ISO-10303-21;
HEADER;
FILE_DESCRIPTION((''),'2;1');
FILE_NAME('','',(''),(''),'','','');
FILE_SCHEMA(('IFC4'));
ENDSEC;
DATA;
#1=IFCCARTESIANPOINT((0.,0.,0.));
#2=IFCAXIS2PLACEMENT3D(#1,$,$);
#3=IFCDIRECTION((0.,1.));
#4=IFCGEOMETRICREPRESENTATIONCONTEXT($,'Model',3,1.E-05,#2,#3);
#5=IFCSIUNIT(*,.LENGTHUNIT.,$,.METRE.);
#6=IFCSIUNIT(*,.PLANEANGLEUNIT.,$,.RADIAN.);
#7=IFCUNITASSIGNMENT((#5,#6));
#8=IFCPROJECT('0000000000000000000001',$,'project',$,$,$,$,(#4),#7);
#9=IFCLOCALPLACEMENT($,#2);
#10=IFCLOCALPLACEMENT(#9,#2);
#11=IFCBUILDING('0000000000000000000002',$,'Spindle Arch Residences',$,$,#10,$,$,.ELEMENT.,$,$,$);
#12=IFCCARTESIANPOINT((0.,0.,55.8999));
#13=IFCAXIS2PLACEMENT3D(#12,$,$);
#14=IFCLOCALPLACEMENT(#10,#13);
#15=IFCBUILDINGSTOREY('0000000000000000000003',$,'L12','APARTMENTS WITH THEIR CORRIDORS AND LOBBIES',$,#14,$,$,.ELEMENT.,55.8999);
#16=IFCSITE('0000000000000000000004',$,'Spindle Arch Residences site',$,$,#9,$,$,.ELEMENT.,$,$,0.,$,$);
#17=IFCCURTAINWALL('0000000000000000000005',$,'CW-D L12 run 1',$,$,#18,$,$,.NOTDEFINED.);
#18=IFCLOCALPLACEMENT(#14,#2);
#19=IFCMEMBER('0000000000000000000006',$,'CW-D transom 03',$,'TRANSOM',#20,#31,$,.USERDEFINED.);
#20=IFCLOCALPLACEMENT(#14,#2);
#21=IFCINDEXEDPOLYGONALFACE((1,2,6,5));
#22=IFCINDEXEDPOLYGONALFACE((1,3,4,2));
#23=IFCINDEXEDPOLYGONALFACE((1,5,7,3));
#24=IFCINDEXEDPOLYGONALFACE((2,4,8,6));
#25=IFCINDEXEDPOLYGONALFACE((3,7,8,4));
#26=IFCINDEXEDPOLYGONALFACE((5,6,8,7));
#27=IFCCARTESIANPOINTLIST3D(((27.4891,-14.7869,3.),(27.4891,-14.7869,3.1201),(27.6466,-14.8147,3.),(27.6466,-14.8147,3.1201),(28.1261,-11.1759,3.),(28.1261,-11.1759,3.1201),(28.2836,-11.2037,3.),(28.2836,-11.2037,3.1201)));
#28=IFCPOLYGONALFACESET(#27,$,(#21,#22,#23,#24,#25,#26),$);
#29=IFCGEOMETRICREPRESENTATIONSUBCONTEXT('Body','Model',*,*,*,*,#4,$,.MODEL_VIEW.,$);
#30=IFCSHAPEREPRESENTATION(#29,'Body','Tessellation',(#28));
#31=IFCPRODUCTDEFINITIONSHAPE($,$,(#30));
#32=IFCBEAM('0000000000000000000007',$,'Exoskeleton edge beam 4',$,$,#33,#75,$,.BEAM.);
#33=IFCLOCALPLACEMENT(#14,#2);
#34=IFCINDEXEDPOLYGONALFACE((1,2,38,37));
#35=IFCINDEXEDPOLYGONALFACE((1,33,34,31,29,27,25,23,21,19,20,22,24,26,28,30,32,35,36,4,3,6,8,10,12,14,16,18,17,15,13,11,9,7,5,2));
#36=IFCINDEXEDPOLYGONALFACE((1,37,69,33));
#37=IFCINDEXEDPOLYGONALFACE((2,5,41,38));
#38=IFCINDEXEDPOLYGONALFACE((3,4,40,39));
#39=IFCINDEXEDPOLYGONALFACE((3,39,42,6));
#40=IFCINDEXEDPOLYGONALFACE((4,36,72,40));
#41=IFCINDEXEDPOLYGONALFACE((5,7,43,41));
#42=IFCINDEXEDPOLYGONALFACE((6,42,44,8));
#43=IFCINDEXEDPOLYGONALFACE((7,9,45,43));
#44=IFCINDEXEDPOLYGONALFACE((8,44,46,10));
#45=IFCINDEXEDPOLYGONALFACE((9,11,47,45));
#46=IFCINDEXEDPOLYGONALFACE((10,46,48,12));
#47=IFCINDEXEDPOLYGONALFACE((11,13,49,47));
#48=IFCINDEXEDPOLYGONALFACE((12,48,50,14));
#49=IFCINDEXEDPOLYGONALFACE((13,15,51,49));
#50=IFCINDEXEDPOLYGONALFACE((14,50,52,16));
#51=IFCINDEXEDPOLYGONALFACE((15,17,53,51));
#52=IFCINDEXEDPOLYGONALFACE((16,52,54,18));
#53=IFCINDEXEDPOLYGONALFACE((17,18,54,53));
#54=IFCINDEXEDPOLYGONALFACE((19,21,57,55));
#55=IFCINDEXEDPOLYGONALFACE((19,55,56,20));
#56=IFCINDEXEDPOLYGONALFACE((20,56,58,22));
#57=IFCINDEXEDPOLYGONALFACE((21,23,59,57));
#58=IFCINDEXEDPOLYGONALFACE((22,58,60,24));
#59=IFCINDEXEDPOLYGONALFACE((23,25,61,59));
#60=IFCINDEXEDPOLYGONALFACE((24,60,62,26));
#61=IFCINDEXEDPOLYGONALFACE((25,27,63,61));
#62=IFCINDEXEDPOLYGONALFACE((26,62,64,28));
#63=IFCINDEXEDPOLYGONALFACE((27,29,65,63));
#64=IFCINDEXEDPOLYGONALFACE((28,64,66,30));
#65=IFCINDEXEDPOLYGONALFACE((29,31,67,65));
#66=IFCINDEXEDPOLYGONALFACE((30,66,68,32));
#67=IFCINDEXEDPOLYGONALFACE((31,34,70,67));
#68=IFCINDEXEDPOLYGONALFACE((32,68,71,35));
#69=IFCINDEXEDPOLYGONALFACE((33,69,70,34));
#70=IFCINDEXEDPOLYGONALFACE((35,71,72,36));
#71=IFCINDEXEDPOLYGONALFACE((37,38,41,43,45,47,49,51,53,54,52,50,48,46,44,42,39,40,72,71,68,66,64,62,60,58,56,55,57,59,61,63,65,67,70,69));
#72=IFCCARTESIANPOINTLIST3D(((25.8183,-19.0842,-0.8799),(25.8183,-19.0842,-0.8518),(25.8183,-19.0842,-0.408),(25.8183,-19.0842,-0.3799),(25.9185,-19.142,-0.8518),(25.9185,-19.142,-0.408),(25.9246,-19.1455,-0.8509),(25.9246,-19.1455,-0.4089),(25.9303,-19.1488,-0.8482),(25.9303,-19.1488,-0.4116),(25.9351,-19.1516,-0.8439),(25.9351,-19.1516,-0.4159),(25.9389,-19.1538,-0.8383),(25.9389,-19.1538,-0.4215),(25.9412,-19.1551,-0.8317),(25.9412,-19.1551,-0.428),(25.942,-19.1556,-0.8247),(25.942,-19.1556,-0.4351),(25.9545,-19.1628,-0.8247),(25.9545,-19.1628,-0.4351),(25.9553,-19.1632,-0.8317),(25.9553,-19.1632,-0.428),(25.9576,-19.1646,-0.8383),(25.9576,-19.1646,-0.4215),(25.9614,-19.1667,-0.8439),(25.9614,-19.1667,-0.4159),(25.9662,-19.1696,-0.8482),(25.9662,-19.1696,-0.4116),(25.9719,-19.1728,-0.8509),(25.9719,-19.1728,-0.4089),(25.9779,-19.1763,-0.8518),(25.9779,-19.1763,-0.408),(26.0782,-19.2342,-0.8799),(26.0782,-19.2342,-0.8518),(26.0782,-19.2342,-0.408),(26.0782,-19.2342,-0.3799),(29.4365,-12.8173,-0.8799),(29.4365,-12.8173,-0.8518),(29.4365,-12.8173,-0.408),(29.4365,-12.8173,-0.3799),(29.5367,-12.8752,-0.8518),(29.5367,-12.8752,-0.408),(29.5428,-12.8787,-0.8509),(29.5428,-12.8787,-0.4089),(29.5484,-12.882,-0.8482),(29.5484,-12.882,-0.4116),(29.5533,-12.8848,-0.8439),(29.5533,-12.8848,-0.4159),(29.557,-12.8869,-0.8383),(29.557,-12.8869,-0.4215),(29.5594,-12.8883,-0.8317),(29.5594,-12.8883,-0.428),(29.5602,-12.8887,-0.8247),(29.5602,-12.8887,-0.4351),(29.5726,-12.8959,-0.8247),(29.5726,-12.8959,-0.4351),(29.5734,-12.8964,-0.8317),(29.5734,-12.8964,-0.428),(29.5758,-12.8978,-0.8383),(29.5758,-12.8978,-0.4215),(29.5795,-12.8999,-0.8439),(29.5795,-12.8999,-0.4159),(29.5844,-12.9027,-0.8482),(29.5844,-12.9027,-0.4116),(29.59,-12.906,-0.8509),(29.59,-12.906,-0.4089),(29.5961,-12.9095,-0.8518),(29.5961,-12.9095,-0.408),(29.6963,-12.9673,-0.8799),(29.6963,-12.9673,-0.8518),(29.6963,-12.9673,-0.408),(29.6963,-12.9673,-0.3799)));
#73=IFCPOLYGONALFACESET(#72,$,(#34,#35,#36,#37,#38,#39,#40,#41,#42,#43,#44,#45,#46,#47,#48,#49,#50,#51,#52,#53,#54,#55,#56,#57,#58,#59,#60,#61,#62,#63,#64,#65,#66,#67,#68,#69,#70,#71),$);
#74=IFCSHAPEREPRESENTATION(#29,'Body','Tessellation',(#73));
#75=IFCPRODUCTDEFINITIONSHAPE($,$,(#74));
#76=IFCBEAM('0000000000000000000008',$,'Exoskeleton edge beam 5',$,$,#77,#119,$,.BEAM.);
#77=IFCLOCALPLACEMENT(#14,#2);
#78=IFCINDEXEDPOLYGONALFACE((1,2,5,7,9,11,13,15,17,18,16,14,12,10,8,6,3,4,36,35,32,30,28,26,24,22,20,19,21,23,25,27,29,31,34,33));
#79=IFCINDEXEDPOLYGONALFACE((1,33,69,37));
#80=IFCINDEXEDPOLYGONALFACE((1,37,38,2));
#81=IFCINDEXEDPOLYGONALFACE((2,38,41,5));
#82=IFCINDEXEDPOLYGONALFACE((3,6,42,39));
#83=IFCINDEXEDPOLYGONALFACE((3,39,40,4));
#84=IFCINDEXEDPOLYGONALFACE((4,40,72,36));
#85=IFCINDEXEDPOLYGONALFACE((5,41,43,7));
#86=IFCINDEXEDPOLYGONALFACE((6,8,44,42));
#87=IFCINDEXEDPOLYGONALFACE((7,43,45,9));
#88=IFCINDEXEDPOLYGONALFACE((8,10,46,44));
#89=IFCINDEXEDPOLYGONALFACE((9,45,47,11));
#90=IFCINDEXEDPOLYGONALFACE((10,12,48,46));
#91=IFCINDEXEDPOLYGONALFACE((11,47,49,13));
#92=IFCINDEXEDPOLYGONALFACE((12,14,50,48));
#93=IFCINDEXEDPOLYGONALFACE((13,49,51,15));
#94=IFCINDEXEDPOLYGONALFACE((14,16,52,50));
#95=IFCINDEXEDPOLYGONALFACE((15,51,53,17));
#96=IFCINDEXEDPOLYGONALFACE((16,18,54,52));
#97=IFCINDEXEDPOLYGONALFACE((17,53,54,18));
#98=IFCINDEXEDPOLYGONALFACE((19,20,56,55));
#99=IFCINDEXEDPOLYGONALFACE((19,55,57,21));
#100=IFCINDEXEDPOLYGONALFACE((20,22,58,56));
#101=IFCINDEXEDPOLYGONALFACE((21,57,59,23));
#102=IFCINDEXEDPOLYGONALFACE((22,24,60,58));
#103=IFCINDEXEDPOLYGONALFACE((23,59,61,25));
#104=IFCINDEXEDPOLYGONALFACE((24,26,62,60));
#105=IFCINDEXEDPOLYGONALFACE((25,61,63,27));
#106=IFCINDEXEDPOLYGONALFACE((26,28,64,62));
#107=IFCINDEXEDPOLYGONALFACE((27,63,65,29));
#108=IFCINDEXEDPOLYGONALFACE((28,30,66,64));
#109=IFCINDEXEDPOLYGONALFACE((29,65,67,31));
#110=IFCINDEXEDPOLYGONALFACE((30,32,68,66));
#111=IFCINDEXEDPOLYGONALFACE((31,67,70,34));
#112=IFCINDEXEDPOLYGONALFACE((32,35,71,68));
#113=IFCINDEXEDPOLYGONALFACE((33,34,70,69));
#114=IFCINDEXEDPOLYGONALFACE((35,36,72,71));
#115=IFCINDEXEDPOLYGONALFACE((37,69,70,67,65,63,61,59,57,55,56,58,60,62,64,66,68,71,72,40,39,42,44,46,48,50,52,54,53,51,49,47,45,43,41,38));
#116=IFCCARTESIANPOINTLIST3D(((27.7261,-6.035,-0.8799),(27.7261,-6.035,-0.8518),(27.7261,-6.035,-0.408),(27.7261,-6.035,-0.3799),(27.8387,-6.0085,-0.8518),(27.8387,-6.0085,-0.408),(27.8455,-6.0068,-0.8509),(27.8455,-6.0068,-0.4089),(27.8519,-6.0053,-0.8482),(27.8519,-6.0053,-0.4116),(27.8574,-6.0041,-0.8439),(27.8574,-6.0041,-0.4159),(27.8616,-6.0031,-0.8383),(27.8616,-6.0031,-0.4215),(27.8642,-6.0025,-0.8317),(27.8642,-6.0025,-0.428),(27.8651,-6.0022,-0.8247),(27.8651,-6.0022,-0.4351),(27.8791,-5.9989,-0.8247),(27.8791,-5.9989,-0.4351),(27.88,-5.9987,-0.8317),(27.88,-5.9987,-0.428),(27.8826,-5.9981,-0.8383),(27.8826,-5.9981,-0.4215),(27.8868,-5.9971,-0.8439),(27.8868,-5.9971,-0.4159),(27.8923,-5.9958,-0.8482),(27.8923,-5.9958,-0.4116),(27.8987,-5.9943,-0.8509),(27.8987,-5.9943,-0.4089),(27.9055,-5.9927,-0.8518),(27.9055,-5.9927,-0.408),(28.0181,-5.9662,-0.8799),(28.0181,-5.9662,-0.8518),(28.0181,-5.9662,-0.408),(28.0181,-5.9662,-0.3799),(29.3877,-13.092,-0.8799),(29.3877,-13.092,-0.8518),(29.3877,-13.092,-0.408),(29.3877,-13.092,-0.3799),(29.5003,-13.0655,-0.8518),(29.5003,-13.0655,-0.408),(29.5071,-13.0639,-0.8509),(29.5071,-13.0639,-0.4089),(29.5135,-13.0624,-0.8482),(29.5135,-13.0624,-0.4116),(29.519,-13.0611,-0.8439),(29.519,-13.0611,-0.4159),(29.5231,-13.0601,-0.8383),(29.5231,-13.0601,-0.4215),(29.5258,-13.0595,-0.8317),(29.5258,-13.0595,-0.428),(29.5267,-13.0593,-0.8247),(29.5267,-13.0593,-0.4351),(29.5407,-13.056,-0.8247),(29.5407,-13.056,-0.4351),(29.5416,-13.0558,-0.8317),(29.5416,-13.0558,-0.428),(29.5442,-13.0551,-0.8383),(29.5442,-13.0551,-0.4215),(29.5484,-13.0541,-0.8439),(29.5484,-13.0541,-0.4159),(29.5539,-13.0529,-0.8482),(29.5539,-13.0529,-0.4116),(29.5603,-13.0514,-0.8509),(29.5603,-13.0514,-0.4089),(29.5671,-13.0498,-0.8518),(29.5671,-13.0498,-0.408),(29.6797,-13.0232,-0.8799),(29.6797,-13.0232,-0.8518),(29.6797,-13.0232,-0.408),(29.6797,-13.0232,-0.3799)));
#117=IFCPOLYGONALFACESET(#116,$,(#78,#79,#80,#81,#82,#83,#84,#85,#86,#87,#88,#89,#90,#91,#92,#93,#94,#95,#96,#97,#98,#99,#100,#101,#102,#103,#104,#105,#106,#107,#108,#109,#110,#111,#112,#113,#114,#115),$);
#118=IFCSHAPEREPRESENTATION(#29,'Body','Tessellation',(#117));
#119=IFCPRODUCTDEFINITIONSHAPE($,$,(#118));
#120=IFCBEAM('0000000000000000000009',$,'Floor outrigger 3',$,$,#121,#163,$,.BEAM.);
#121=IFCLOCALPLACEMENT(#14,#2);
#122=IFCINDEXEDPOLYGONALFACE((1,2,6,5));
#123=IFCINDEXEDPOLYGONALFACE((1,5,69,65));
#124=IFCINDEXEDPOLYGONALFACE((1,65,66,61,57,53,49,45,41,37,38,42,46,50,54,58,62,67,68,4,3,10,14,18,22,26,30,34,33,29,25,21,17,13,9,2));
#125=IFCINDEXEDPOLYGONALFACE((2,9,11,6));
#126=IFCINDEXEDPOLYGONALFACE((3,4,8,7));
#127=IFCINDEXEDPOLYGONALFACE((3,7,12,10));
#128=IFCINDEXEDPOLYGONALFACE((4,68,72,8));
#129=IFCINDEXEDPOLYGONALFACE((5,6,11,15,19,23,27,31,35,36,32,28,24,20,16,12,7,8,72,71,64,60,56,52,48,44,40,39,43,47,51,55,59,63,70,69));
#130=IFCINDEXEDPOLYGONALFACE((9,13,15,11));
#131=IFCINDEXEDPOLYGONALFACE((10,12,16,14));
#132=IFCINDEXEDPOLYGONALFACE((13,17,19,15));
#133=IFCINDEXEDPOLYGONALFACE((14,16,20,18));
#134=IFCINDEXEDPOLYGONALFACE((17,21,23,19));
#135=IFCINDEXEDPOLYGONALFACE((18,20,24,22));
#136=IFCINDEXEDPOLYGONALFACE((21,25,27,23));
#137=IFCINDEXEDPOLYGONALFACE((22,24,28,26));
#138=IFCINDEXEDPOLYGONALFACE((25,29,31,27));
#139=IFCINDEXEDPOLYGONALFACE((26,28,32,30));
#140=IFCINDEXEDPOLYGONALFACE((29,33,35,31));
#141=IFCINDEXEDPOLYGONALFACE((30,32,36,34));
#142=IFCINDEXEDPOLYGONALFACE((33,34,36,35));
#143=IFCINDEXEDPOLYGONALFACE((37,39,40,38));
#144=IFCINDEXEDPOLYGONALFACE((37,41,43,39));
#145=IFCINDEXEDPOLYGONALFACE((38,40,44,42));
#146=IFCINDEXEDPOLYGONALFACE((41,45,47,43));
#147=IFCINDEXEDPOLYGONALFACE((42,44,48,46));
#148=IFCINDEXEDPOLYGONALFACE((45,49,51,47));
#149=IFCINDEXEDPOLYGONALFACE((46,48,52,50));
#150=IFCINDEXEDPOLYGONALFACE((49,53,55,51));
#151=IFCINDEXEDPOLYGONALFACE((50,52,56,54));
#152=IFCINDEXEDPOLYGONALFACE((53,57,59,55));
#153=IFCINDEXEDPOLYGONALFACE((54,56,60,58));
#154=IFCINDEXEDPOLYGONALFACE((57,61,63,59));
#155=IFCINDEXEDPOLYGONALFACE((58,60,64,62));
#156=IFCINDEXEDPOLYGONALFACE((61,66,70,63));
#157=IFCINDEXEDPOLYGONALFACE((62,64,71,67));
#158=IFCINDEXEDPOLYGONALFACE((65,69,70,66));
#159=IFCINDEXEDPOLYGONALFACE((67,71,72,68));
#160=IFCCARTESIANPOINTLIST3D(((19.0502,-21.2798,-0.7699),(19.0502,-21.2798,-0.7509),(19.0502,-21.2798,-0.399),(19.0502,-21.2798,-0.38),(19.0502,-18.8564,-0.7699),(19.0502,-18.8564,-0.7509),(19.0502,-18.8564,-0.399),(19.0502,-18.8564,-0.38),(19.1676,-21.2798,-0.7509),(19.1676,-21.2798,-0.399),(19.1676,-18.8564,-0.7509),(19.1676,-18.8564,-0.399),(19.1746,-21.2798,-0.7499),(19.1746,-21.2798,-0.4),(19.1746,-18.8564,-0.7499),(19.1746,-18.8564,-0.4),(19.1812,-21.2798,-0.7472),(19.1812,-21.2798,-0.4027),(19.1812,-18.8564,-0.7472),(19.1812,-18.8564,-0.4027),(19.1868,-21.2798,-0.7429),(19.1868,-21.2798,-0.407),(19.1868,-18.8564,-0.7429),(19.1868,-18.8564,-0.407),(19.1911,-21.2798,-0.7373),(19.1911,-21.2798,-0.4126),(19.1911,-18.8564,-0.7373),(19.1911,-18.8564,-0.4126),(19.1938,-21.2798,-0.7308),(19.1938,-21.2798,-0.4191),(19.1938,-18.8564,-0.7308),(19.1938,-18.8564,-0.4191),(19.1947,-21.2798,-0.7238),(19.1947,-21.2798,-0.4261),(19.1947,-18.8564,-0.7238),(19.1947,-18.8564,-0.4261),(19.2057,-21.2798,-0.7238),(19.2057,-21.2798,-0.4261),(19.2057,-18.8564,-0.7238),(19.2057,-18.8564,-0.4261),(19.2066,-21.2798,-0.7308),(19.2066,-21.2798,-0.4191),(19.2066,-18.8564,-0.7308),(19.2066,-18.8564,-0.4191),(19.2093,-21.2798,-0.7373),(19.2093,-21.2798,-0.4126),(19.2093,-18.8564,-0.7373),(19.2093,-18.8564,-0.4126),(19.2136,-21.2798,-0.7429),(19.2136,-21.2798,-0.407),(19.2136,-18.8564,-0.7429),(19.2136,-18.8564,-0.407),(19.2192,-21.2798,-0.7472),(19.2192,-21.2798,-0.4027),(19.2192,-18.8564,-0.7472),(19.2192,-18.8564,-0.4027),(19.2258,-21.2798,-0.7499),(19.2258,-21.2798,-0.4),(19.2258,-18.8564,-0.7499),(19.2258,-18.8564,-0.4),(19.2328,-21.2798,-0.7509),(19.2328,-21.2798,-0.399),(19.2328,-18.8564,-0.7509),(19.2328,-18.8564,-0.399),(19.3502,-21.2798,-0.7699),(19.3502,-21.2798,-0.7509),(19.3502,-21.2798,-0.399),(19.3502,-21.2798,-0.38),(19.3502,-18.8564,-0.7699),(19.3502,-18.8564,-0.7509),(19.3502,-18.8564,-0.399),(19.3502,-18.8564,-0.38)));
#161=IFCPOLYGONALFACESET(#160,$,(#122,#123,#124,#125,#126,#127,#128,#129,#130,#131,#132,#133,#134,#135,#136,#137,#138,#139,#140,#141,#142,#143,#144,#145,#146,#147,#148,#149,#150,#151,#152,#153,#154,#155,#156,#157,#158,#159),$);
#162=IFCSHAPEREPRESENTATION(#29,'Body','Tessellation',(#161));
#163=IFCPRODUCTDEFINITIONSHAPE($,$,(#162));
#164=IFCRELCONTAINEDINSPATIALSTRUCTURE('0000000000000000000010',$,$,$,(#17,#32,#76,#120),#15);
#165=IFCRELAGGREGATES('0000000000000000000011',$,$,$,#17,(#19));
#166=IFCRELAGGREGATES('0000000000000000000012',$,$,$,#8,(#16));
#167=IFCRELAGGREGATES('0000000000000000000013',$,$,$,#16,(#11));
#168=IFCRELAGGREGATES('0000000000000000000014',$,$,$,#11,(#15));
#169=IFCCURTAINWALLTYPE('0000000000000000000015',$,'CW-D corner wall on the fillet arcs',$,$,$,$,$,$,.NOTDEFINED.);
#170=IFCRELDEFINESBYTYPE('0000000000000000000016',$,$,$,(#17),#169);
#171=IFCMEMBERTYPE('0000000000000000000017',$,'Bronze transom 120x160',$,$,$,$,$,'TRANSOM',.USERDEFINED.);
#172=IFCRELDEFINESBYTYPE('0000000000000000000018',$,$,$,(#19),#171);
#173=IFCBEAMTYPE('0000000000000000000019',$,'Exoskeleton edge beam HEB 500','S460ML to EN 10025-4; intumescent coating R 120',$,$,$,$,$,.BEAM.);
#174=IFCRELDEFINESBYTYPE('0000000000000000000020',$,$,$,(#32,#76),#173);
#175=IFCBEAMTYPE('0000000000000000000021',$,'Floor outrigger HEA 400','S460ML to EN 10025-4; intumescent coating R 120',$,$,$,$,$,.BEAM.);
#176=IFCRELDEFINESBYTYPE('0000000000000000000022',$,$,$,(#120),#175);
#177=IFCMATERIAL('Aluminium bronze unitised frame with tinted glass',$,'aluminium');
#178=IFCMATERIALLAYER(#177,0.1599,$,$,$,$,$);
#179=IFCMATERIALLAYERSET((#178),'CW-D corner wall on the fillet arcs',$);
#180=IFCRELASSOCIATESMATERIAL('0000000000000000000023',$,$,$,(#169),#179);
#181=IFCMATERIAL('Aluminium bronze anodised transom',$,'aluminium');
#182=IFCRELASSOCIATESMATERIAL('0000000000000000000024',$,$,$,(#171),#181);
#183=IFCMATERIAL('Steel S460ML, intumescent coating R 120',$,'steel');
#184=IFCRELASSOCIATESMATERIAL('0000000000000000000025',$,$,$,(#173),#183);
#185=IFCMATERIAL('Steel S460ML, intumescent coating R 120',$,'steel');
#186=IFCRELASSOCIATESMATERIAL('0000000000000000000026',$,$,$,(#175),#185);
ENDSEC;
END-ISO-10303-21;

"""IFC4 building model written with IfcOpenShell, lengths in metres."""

from ifc_helpers import new_model, si_unit, direction, frame, origin, origin_2d, place, context, subcontext, project, spatial, rectangle, i_section, extrude, material, layer, layer_set, material_profile, profile_set, type_object, element, aggregate, save


model = new_model("IFC4")

# Units and contexts
model_context = context("Model", 3, precision=1e-05, world=origin(), true_north=direction((0.0, 1.0)))
body_context = subcontext(model_context, "Body", "Model", "MODEL_VIEW")
ifc_project = project(units=[si_unit("LENGTHUNIT", "METRE"), si_unit("PLANEANGLEUNIT", "RADIAN")], contexts=[model_context])

# Site, building, storey
site_placement = place(None, origin())
site = spatial("IfcSite", under=ifc_project, at=site_placement, Name="Spindle Arch Residences site", CompositionType="ELEMENT", RefElevation=0.0)
building_placement = place(site_placement, origin())
building = spatial("IfcBuilding", under=site, at=building_placement, Name="Spindle Arch Residences", CompositionType="ELEMENT")
storey_placement = place(building_placement, frame((0.0, 0.0, 55.8999)))
storey = spatial("IfcBuildingStorey", under=building, at=storey_placement, Name="L12", Description="APARTMENTS WITH THEIR CORRIDORS AND LOBBIES", CompositionType="ELEMENT", Elevation=55.8999)

# Curtain wall, member
ifc_material_1 = material(Name="Aluminium bronze unitised frame with tinted glass", Category="aluminium")
ifc_layer_1 = layer(ifc_material_1, 0.1599)
ifc_layer_set_1 = layer_set([ifc_layer_1], Name="CW-D corner wall on the fillet arcs")
curtain_wall_type = type_object("IfcCurtainWallType", Name="CW-D corner wall on the fillet arcs", PredefinedType="NOTDEFINED", material=ifc_layer_set_1)
curtain_wall_placement = place(storey_placement, origin())
curtain_wall = element("IfcCurtainWall", 1, at=curtain_wall_placement, inside=storey, type_object=curtain_wall_type, Name="CW-D L12 run 1", PredefinedType="NOTDEFINED")
ifc_material_2 = material(Name="Aluminium bronze anodised transom", Category="aluminium")
ifc_material_profile_1 = material_profile(ifc_material_2, rectangle(XDim=0.1599, YDim=0.1201, at=origin_2d()), Name="TR 120x160")
ifc_profile_set_1 = profile_set([ifc_material_profile_1], Name="Aluminium bronze anodised transom")
member_type_1 = type_object("IfcMemberType", Name="Bronze transom 120x160", ElementType="TRANSOM", PredefinedType="USERDEFINED", material=ifc_profile_set_1)
member_1_placement = place(storey_placement, frame((27.5679, -14.8008, 3.0601), z_axis=(0.173709, 0.984797, 0.0), x_axis=(-0.984797, 0.173709, 0.0)))
member_1 = element("IfcMember", 2, at=member_1_placement, type_object=member_type_1, Name="CW-D transom 03", ObjectType="TRANSOM", PredefinedType="USERDEFINED", context=body_context, shape_type="SweptSolid", body=[
    extrude(rectangle(XDim=0.1599, YDim=0.1201, at=origin_2d()), origin(), (0.0, 0.0, 1.0), 3.6667),
])

# Beams
ifc_material_3 = material(Name="Steel S460ML, intumescent coating R 120", Category="steel")
ifc_material_profile_2 = material_profile(ifc_material_3, i_section(OverallWidth=0.3, OverallDepth=0.5, WebThickness=0.0144, FlangeThickness=0.0281, FilletRadius=0.0271, at=origin_2d()), Name="HEB 500")
ifc_profile_set_2 = profile_set([ifc_material_profile_2], Name="Steel S460ML, intumescent coating R 120")
beam_type_1 = type_object("IfcBeamType", Name="Exoskeleton edge beam HEB 500", Description="S460ML to EN 10025-4; intumescent coating R 120", PredefinedType="BEAM", material=ifc_profile_set_2)
beam_1_placement = place(storey_placement, frame((25.9482, -19.1592, -0.6299), z_axis=(0.5, 0.866025, 0.0), x_axis=(-0.866025, 0.5, 0.0)))
element("IfcBeam", 3, at=beam_1_placement, inside=storey, type_object=beam_type_1, Name="Exoskeleton edge beam 4", PredefinedType="BEAM", context=body_context, shape_type="SweptSolid", body=[
    extrude(i_section(OverallWidth=0.3, OverallDepth=0.5, WebThickness=0.0144, FlangeThickness=0.0281, FilletRadius=0.0271, at=origin_2d()), origin(), (0.0, 0.0, 1.0), 7.2363),
])
beam_2_placement = place(storey_placement, frame((29.5337, -13.0576, -0.6299), z_axis=(-0.229186, 0.973383, 0.0), x_axis=(-0.973383, -0.229186, 0.0)))
element("IfcBeam", 4, at=beam_2_placement, inside=storey, type_object=beam_type_1, Name="Exoskeleton edge beam 5", PredefinedType="BEAM", context=body_context, shape_type="SweptSolid", body=[
    extrude(i_section(OverallWidth=0.3, OverallDepth=0.5, WebThickness=0.0144, FlangeThickness=0.0281, FilletRadius=0.0271, at=origin_2d()), origin(), (0.0, 0.0, 1.0), 7.25),
])
ifc_material_4 = material(Name="Steel S460ML, intumescent coating R 120", Category="steel")
ifc_material_profile_3 = material_profile(ifc_material_4, i_section(OverallWidth=0.3, OverallDepth=0.3899, WebThickness=0.011, FlangeThickness=0.019, FilletRadius=0.0271, at=origin_2d()), Name="HEA 400")
ifc_profile_set_3 = profile_set([ifc_material_profile_3], Name="Steel S460ML, intumescent coating R 120")
beam_type_2 = type_object("IfcBeamType", Name="Floor outrigger HEA 400", Description="S460ML to EN 10025-4; intumescent coating R 120", PredefinedType="BEAM", material=ifc_profile_set_3)
beam_3_placement = place(storey_placement, frame((19.2002, -21.2798, -0.575), z_axis=(0.0, 1.0, 0.0), x_axis=(-1.0, 0.0, 0.0)))
element("IfcBeam", 5, at=beam_3_placement, inside=storey, type_object=beam_type_2, Name="Floor outrigger 3", PredefinedType="BEAM", context=body_context, shape_type="SweptSolid", body=[
    extrude(i_section(OverallWidth=0.3, OverallDepth=0.3899, WebThickness=0.011, FlangeThickness=0.019, FilletRadius=0.0271, at=origin_2d()), origin(), (0.0, 0.0, 1.0), 2.4233),
])

aggregate(curtain_wall, [member_1])

save(model, "model.ifc")
